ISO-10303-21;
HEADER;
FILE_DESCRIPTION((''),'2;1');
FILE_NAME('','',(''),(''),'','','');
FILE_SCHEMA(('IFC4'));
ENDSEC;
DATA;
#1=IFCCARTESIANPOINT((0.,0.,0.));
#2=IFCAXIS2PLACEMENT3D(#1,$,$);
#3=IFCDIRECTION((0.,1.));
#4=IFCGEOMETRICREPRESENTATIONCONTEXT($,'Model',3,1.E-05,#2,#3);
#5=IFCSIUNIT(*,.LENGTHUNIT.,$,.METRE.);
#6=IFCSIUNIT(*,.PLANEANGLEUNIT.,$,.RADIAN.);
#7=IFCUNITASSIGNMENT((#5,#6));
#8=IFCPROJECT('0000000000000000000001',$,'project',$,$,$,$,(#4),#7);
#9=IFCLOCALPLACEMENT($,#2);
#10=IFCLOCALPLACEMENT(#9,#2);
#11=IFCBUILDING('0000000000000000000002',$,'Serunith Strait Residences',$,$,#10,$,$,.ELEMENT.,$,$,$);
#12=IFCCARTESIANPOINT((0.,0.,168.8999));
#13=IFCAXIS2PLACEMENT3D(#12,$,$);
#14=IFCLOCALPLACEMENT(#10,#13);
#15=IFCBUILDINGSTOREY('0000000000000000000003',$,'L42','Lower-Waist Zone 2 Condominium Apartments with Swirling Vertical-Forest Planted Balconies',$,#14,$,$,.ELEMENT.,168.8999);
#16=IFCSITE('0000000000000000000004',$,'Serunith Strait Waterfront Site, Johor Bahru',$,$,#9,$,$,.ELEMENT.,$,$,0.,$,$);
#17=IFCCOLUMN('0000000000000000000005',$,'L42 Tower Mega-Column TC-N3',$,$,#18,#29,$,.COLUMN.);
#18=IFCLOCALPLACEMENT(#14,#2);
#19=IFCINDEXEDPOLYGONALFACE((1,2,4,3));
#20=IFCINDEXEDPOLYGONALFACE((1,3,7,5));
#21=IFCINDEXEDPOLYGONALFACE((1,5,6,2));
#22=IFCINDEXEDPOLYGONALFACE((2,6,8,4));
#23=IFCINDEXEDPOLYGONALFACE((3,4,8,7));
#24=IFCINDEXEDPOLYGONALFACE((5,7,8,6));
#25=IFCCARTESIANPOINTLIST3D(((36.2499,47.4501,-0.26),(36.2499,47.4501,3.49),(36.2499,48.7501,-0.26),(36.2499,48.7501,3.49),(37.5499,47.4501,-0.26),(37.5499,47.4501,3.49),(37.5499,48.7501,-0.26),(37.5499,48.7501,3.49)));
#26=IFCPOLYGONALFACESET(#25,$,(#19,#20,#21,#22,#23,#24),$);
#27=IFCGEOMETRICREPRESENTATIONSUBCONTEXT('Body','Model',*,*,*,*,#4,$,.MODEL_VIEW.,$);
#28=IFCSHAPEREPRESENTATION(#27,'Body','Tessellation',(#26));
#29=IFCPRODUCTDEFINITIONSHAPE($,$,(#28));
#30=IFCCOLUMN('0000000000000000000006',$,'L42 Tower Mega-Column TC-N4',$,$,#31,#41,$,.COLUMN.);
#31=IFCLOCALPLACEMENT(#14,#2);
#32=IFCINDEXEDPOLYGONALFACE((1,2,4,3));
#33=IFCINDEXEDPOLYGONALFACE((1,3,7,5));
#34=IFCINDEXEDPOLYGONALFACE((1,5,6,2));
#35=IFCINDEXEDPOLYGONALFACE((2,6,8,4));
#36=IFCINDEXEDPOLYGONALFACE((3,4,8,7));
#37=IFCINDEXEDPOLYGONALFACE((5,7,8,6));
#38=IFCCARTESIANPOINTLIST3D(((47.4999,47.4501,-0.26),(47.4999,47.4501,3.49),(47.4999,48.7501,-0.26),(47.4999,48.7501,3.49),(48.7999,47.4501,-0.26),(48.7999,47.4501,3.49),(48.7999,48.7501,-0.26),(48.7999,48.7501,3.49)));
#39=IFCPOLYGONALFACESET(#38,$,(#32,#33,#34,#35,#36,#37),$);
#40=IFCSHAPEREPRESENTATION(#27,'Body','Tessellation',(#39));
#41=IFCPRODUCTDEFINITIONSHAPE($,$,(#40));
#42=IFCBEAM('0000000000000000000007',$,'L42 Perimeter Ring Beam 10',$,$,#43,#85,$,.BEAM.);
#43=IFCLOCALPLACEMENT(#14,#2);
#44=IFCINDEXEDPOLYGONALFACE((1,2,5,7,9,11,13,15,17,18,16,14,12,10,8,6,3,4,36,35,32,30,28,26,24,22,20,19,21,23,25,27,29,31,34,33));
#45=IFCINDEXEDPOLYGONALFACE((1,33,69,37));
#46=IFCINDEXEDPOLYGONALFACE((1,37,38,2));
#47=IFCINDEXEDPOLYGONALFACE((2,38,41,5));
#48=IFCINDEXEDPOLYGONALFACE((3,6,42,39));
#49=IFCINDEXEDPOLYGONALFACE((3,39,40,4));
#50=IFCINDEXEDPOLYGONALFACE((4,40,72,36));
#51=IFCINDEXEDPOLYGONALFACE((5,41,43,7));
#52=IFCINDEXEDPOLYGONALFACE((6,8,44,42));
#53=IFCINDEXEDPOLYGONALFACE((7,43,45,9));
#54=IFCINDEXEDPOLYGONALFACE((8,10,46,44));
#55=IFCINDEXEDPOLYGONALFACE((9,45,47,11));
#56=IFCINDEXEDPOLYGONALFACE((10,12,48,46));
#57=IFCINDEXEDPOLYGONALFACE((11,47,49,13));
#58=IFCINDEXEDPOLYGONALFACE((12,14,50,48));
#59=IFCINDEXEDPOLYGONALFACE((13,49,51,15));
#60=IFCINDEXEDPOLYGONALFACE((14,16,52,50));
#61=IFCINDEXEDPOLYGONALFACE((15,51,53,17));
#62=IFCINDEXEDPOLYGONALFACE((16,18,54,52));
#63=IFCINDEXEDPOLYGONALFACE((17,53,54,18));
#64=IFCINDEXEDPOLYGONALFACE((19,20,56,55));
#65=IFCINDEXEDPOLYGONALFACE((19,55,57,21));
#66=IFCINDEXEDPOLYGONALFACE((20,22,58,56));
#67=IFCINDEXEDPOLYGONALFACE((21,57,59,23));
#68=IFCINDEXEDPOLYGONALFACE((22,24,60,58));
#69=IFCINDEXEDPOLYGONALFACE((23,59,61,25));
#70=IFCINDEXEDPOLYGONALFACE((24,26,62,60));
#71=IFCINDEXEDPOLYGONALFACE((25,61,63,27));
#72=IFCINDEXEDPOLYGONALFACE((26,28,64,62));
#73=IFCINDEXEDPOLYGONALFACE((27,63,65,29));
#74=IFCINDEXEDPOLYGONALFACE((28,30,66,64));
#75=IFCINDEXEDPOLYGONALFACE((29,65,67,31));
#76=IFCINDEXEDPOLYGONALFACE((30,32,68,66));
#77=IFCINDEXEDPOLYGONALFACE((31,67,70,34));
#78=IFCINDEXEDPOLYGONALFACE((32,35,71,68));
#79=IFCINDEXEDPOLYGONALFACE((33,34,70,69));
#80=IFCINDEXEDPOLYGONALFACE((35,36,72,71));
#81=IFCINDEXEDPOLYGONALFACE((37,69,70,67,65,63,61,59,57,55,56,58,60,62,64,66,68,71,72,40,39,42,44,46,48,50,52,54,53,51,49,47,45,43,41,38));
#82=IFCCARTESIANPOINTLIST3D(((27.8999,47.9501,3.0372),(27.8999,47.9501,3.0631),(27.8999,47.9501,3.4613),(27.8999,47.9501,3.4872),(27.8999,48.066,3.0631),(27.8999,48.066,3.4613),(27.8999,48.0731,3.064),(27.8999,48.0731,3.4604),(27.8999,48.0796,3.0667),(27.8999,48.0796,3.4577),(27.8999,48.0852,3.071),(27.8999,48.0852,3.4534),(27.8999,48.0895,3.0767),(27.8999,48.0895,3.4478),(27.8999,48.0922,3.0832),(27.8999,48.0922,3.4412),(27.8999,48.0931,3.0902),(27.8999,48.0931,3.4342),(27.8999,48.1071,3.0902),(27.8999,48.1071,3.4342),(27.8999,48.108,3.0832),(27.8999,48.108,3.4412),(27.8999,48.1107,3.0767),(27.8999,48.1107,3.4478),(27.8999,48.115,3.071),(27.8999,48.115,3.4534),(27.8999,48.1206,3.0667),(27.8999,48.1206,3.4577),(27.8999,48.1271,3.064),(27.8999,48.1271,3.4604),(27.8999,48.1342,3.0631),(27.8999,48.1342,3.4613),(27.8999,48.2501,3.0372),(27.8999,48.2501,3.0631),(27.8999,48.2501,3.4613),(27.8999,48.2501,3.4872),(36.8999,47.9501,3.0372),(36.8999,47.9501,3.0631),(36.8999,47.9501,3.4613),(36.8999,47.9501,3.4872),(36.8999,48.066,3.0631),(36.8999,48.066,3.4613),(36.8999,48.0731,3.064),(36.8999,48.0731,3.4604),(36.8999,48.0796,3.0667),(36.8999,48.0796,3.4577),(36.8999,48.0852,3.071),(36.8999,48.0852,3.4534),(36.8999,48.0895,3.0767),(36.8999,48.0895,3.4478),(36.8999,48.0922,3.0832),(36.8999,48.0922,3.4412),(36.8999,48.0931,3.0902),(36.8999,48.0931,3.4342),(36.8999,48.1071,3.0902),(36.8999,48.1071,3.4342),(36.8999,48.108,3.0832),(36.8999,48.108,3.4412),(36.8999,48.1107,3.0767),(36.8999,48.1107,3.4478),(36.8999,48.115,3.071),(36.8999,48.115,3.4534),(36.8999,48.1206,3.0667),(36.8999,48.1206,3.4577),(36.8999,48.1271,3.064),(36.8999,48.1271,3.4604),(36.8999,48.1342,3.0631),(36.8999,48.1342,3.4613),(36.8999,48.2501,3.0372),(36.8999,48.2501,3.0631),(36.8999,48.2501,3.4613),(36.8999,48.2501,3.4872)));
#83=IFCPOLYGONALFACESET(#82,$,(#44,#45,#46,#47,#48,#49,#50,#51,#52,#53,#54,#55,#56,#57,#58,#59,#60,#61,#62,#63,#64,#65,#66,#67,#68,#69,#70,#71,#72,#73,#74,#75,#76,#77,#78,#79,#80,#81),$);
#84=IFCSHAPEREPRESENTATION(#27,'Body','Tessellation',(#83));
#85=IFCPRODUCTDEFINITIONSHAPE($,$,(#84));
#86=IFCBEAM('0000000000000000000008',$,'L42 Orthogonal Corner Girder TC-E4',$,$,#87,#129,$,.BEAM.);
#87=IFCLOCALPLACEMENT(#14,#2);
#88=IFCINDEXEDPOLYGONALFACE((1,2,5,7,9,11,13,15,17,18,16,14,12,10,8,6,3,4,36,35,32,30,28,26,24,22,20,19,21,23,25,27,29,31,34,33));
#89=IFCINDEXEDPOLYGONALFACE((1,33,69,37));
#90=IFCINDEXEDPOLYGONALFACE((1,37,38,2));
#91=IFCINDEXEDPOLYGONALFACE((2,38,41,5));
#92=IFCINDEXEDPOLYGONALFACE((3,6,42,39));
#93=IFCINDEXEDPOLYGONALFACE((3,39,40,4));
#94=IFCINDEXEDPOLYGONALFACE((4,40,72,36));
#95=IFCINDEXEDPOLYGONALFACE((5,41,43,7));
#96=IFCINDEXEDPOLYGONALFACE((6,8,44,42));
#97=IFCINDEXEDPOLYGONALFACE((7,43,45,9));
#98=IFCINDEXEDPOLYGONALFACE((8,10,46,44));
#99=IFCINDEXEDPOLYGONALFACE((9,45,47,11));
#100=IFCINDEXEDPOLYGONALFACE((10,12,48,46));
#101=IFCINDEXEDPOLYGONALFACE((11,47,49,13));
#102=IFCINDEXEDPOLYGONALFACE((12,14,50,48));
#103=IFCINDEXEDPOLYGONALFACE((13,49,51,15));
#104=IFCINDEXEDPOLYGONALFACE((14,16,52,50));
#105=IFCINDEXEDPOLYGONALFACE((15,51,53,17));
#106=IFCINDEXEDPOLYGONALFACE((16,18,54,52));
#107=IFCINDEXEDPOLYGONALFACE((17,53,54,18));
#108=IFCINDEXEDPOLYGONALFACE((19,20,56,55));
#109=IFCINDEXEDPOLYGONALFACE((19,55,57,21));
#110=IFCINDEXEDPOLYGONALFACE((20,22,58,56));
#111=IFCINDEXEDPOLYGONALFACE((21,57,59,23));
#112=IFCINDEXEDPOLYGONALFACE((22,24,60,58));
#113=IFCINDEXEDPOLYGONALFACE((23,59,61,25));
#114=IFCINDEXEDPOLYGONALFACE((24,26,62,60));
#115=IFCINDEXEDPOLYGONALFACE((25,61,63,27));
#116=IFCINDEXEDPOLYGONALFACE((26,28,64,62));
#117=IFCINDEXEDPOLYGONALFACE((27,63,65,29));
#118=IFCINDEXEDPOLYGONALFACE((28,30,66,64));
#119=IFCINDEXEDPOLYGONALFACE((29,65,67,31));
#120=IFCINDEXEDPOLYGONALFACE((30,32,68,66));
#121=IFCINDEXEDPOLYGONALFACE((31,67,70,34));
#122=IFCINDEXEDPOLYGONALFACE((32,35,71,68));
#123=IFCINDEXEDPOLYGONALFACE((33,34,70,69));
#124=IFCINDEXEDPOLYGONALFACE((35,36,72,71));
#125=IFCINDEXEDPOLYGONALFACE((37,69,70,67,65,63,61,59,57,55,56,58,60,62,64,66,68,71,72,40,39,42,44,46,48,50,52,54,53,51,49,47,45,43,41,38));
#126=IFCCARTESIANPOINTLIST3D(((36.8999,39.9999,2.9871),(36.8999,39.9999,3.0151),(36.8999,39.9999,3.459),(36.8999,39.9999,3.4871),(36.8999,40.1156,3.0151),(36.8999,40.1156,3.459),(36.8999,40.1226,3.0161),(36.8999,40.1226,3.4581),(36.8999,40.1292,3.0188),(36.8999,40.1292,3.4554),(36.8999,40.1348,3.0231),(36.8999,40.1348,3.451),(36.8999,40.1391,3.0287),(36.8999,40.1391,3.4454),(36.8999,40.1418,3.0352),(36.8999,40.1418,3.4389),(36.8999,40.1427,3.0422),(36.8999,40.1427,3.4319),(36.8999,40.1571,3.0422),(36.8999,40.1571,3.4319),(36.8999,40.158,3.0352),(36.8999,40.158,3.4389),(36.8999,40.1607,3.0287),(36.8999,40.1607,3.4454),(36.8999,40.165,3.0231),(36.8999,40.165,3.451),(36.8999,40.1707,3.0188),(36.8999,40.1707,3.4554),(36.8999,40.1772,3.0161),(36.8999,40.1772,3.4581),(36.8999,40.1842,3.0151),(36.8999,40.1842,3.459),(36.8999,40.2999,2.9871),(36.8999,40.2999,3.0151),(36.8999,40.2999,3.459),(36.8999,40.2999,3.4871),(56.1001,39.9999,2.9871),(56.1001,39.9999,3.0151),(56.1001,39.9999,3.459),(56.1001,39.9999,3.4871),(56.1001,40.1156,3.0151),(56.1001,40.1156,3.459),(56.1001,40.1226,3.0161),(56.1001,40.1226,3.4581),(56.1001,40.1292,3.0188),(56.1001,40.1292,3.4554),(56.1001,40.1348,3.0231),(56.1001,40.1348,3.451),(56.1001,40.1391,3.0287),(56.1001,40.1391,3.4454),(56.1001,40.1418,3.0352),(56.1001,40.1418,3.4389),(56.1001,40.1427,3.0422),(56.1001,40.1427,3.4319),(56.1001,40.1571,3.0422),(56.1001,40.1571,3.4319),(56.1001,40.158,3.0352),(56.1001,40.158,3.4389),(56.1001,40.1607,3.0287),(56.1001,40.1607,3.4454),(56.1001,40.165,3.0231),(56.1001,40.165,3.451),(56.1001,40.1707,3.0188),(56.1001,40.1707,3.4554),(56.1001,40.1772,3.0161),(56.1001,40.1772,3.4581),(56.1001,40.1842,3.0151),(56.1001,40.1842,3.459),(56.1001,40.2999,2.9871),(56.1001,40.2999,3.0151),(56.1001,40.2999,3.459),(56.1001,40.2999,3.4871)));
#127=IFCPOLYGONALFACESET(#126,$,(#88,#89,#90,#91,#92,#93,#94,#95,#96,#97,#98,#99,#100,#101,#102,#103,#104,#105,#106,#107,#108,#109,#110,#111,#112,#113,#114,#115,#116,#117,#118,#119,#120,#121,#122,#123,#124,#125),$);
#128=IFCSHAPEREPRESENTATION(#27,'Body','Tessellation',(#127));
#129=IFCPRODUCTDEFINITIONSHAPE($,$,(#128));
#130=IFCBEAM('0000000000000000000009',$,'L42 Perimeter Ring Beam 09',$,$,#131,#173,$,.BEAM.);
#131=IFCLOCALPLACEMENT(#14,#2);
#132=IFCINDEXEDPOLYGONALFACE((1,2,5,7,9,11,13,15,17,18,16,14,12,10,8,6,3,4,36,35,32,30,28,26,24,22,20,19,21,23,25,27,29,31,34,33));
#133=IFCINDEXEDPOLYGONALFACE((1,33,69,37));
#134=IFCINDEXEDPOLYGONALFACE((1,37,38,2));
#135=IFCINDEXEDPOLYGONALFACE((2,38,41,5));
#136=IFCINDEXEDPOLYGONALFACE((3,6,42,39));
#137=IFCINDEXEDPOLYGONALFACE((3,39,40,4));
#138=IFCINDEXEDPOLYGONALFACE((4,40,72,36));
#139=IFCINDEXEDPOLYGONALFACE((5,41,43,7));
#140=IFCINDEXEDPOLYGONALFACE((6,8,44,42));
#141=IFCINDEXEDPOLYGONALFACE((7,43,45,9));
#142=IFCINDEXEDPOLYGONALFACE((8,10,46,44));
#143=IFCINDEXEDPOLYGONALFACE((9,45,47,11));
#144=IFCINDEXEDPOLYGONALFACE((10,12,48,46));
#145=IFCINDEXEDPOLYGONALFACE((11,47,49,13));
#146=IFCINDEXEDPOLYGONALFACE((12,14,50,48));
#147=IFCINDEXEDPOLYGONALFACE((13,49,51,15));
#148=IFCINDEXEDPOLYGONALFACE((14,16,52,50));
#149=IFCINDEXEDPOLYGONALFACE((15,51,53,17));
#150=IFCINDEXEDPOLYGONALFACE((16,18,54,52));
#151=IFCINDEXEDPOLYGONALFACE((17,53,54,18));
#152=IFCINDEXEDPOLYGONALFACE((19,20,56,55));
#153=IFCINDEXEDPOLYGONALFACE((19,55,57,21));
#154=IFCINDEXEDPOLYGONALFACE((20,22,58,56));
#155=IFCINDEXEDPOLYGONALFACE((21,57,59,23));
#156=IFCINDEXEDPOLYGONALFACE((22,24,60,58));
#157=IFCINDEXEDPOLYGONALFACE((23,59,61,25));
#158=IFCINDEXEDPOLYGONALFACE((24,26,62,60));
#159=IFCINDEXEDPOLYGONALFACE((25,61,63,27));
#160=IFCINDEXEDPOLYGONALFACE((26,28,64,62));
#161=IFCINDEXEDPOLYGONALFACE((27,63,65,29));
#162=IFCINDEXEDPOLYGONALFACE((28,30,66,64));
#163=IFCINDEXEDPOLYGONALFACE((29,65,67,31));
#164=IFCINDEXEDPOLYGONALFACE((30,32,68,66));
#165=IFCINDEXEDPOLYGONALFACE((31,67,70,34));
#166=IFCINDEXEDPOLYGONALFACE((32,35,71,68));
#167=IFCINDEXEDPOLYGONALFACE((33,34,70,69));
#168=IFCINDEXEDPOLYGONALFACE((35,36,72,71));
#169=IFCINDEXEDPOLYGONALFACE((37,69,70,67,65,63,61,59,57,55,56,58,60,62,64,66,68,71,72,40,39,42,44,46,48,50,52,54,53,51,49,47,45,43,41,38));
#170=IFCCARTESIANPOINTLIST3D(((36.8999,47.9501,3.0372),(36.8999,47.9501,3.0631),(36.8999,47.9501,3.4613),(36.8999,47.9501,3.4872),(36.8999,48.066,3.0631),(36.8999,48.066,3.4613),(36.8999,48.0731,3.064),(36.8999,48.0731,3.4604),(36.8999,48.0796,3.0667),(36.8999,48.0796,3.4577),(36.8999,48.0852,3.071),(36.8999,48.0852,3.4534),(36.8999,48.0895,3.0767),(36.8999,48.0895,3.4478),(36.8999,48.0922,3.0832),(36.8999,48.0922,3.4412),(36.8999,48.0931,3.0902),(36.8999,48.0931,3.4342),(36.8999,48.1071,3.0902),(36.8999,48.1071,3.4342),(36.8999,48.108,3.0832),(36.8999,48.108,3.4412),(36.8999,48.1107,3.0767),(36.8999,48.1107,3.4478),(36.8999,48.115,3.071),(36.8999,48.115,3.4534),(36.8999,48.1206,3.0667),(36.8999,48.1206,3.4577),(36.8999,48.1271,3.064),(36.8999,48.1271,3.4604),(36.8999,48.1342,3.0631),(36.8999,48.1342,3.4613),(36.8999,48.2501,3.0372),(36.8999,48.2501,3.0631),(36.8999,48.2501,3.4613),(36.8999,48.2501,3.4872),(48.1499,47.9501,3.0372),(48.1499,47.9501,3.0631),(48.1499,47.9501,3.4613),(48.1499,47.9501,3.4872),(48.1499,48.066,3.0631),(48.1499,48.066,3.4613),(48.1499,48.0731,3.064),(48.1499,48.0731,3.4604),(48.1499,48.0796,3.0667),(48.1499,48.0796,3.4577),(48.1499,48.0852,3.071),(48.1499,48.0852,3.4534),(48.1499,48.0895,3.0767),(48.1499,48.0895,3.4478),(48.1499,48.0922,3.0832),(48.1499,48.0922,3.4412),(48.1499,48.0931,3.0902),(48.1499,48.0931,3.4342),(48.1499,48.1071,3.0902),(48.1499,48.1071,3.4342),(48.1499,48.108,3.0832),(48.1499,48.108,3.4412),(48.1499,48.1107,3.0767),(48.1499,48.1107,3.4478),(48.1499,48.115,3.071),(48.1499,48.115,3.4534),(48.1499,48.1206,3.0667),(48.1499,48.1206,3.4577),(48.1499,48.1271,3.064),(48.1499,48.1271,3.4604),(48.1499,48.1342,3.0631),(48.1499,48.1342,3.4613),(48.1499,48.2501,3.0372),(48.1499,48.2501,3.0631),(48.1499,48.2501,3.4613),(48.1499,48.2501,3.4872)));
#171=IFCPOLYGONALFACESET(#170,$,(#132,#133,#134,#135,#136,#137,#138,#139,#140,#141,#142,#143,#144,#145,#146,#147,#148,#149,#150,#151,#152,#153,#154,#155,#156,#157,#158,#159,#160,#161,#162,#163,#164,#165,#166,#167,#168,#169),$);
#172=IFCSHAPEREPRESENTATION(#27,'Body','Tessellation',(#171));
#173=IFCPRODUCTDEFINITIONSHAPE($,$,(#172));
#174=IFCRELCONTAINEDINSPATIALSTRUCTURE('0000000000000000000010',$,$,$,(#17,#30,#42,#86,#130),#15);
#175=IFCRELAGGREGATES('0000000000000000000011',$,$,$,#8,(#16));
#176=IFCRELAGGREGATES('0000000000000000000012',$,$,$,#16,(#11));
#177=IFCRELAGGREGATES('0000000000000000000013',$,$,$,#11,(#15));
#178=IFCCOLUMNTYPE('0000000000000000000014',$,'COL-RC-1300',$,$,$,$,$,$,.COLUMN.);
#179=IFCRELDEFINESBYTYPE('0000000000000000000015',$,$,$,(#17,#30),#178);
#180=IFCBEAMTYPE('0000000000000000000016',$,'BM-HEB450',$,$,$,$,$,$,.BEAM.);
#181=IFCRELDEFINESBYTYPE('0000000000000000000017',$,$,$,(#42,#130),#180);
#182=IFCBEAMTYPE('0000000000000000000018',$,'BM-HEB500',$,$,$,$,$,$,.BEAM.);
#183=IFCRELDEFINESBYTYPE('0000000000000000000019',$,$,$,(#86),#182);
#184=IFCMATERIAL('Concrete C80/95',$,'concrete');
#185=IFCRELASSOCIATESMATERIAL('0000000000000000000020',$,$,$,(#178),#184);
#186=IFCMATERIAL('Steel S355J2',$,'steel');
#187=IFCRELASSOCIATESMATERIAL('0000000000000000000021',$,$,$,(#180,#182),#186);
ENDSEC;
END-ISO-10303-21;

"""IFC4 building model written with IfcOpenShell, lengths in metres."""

from ifc_helpers import new_model, si_unit, direction, frame, origin, origin_2d, place, context, subcontext, project, spatial, rectangle, i_section, extrude, source, transform, mapped, material, material_profile, profile_set, type_object, element, save


model = new_model("IFC4")

# Units and contexts
model_context = context("Model", 3, precision=1e-05, world=origin(), true_north=direction((0.0, 1.0)))
body_context = subcontext(model_context, "Body", "Model", "MODEL_VIEW")
ifc_project = project(units=[si_unit("LENGTHUNIT", "METRE"), si_unit("PLANEANGLEUNIT", "RADIAN")], contexts=[model_context])

# Site, building, storey
site_placement = place(None, origin())
site = spatial("IfcSite", under=ifc_project, at=site_placement, Name="Serunith Strait Waterfront Site, Johor Bahru", CompositionType="ELEMENT", RefElevation=0.0)
building_placement = place(site_placement, origin())
building = spatial("IfcBuilding", under=site, at=building_placement, Name="Serunith Strait Residences", CompositionType="ELEMENT")
storey_placement = place(building_placement, frame((0.0, 0.0, 168.8999)))
storey = spatial("IfcBuildingStorey", under=building, at=storey_placement, Name="L42", Description="Lower-Waist Zone 2 Condominium Apartments with Swirling Vertical-Forest Planted Balconies", CompositionType="ELEMENT", Elevation=168.8999)

# Columns
ifc_material_1 = material(Name="Concrete C80/95", Category="concrete")
ifc_material_profile_1 = material_profile(ifc_material_1, rectangle(XDim=1.3, YDim=1.3, at=origin_2d()), Name="RC 1300x1300")
ifc_profile_set_1 = profile_set([ifc_material_profile_1], Name="Concrete C80/95")
column_type = type_object("IfcColumnType", Name="COL-RC-1300", PredefinedType="COLUMN", material=ifc_profile_set_1)
shared_shape_1 = source(origin(), body_context, "Body", "SweptSolid", [
    extrude(rectangle(XDim=1.3, YDim=1.3, at=origin_2d()), origin(), (0.0, 0.0, 1.0), 3.75),
])
for number, where, z_axis, x_axis, name in (
    (1, (36.8999, 48.1001, -0.26), (0.0, 0.0, 1.0), (1.0, 0.0, 0.0), "L42 Tower Mega-Column TC-N3"),
    (2, (48.1499, 48.1001, -0.26), (0.0, 0.0, 1.0), (1.0, 0.0, 0.0), "L42 Tower Mega-Column TC-N4"),
):
    element("IfcColumn", number, at=place(storey_placement, frame(where, z_axis=z_axis, x_axis=x_axis)), inside=storey, type_object=column_type, Name=name, PredefinedType="COLUMN", context=body_context, shape_type="MappedRepresentation", body=[
        mapped(shared_shape_1, transform((0.0, 0.0, 0.0), scale=1.0)),
    ])

# Beams
ifc_material_2 = material(Name="Steel S355J2", Category="steel")
ifc_material_profile_2 = material_profile(ifc_material_2, i_section(OverallWidth=0.3, OverallDepth=0.45, WebThickness=0.0139, FlangeThickness=0.0259, FilletRadius=0.0271, at=origin_2d()), Name="HEB 450")
ifc_profile_set_2 = profile_set([ifc_material_profile_2], Name="Steel S355J2")
beam_type_1 = type_object("IfcBeamType", Name="BM-HEB450", PredefinedType="BEAM", material=ifc_profile_set_2)
shared_shape_2 = source(origin(), body_context, "Body", "SweptSolid", [
    extrude(i_section(OverallWidth=0.3, OverallDepth=0.45, WebThickness=0.0139, FlangeThickness=0.0259, FilletRadius=0.0271, at=origin_2d()), origin(), (0.0, 0.0, 1.0), 9.0),
])
beam_1_placement = place(storey_placement, frame((36.8999, 48.1001, 3.2622), z_axis=(-1.0, 0.0, 0.0), x_axis=(0.0, -1.0, 0.0)))
element("IfcBeam", 3, at=beam_1_placement, inside=storey, type_object=beam_type_1, Name="L42 Perimeter Ring Beam 10", PredefinedType="BEAM", context=body_context, shape_type="MappedRepresentation", body=[
    mapped(shared_shape_2, transform((0.0, 0.0, 0.0), scale=1.0)),
])
ifc_material_profile_3 = material_profile(ifc_material_2, i_section(OverallWidth=0.3, OverallDepth=0.5, WebThickness=0.0144, FlangeThickness=0.0281, FilletRadius=0.0271, at=origin_2d()), Name="HEB 500")
ifc_profile_set_3 = profile_set([ifc_material_profile_3], Name="Steel S355J2")
beam_type_2 = type_object("IfcBeamType", Name="BM-HEB500", PredefinedType="BEAM", material=ifc_profile_set_3)
shared_shape_3 = source(origin(), body_context, "Body", "SweptSolid", [
    extrude(i_section(OverallWidth=0.3, OverallDepth=0.5, WebThickness=0.0144, FlangeThickness=0.0281, FilletRadius=0.0271, at=origin_2d()), origin(), (0.0, 0.0, 1.0), 19.2002),
])
beam_2_placement = place(storey_placement, frame((36.8999, 40.1499, 3.2371), z_axis=(1.0, 0.0, 0.0), x_axis=(0.0, 1.0, 0.0)))
element("IfcBeam", 4, at=beam_2_placement, inside=storey, type_object=beam_type_2, Name="L42 Orthogonal Corner Girder TC-E4", PredefinedType="BEAM", context=body_context, shape_type="MappedRepresentation", body=[
    mapped(shared_shape_3, transform((0.0, 0.0, 0.0), scale=1.0)),
])
shared_shape_4 = source(origin(), body_context, "Body", "SweptSolid", [
    extrude(i_section(OverallWidth=0.3, OverallDepth=0.45, WebThickness=0.0139, FlangeThickness=0.0259, FilletRadius=0.0271, at=origin_2d()), origin(), (0.0, 0.0, 1.0), 11.25),
])
beam_3_placement = place(storey_placement, frame((48.1499, 48.1001, 3.2622), z_axis=(-1.0, 0.0, 0.0), x_axis=(0.0, -1.0, 0.0)))
element("IfcBeam", 5, at=beam_3_placement, inside=storey, type_object=beam_type_1, Name="L42 Perimeter Ring Beam 09", PredefinedType="BEAM", context=body_context, shape_type="MappedRepresentation", body=[
    mapped(shared_shape_4, transform((0.0, 0.0, 0.0), scale=1.0)),
])

save(model, "model.ifc")
